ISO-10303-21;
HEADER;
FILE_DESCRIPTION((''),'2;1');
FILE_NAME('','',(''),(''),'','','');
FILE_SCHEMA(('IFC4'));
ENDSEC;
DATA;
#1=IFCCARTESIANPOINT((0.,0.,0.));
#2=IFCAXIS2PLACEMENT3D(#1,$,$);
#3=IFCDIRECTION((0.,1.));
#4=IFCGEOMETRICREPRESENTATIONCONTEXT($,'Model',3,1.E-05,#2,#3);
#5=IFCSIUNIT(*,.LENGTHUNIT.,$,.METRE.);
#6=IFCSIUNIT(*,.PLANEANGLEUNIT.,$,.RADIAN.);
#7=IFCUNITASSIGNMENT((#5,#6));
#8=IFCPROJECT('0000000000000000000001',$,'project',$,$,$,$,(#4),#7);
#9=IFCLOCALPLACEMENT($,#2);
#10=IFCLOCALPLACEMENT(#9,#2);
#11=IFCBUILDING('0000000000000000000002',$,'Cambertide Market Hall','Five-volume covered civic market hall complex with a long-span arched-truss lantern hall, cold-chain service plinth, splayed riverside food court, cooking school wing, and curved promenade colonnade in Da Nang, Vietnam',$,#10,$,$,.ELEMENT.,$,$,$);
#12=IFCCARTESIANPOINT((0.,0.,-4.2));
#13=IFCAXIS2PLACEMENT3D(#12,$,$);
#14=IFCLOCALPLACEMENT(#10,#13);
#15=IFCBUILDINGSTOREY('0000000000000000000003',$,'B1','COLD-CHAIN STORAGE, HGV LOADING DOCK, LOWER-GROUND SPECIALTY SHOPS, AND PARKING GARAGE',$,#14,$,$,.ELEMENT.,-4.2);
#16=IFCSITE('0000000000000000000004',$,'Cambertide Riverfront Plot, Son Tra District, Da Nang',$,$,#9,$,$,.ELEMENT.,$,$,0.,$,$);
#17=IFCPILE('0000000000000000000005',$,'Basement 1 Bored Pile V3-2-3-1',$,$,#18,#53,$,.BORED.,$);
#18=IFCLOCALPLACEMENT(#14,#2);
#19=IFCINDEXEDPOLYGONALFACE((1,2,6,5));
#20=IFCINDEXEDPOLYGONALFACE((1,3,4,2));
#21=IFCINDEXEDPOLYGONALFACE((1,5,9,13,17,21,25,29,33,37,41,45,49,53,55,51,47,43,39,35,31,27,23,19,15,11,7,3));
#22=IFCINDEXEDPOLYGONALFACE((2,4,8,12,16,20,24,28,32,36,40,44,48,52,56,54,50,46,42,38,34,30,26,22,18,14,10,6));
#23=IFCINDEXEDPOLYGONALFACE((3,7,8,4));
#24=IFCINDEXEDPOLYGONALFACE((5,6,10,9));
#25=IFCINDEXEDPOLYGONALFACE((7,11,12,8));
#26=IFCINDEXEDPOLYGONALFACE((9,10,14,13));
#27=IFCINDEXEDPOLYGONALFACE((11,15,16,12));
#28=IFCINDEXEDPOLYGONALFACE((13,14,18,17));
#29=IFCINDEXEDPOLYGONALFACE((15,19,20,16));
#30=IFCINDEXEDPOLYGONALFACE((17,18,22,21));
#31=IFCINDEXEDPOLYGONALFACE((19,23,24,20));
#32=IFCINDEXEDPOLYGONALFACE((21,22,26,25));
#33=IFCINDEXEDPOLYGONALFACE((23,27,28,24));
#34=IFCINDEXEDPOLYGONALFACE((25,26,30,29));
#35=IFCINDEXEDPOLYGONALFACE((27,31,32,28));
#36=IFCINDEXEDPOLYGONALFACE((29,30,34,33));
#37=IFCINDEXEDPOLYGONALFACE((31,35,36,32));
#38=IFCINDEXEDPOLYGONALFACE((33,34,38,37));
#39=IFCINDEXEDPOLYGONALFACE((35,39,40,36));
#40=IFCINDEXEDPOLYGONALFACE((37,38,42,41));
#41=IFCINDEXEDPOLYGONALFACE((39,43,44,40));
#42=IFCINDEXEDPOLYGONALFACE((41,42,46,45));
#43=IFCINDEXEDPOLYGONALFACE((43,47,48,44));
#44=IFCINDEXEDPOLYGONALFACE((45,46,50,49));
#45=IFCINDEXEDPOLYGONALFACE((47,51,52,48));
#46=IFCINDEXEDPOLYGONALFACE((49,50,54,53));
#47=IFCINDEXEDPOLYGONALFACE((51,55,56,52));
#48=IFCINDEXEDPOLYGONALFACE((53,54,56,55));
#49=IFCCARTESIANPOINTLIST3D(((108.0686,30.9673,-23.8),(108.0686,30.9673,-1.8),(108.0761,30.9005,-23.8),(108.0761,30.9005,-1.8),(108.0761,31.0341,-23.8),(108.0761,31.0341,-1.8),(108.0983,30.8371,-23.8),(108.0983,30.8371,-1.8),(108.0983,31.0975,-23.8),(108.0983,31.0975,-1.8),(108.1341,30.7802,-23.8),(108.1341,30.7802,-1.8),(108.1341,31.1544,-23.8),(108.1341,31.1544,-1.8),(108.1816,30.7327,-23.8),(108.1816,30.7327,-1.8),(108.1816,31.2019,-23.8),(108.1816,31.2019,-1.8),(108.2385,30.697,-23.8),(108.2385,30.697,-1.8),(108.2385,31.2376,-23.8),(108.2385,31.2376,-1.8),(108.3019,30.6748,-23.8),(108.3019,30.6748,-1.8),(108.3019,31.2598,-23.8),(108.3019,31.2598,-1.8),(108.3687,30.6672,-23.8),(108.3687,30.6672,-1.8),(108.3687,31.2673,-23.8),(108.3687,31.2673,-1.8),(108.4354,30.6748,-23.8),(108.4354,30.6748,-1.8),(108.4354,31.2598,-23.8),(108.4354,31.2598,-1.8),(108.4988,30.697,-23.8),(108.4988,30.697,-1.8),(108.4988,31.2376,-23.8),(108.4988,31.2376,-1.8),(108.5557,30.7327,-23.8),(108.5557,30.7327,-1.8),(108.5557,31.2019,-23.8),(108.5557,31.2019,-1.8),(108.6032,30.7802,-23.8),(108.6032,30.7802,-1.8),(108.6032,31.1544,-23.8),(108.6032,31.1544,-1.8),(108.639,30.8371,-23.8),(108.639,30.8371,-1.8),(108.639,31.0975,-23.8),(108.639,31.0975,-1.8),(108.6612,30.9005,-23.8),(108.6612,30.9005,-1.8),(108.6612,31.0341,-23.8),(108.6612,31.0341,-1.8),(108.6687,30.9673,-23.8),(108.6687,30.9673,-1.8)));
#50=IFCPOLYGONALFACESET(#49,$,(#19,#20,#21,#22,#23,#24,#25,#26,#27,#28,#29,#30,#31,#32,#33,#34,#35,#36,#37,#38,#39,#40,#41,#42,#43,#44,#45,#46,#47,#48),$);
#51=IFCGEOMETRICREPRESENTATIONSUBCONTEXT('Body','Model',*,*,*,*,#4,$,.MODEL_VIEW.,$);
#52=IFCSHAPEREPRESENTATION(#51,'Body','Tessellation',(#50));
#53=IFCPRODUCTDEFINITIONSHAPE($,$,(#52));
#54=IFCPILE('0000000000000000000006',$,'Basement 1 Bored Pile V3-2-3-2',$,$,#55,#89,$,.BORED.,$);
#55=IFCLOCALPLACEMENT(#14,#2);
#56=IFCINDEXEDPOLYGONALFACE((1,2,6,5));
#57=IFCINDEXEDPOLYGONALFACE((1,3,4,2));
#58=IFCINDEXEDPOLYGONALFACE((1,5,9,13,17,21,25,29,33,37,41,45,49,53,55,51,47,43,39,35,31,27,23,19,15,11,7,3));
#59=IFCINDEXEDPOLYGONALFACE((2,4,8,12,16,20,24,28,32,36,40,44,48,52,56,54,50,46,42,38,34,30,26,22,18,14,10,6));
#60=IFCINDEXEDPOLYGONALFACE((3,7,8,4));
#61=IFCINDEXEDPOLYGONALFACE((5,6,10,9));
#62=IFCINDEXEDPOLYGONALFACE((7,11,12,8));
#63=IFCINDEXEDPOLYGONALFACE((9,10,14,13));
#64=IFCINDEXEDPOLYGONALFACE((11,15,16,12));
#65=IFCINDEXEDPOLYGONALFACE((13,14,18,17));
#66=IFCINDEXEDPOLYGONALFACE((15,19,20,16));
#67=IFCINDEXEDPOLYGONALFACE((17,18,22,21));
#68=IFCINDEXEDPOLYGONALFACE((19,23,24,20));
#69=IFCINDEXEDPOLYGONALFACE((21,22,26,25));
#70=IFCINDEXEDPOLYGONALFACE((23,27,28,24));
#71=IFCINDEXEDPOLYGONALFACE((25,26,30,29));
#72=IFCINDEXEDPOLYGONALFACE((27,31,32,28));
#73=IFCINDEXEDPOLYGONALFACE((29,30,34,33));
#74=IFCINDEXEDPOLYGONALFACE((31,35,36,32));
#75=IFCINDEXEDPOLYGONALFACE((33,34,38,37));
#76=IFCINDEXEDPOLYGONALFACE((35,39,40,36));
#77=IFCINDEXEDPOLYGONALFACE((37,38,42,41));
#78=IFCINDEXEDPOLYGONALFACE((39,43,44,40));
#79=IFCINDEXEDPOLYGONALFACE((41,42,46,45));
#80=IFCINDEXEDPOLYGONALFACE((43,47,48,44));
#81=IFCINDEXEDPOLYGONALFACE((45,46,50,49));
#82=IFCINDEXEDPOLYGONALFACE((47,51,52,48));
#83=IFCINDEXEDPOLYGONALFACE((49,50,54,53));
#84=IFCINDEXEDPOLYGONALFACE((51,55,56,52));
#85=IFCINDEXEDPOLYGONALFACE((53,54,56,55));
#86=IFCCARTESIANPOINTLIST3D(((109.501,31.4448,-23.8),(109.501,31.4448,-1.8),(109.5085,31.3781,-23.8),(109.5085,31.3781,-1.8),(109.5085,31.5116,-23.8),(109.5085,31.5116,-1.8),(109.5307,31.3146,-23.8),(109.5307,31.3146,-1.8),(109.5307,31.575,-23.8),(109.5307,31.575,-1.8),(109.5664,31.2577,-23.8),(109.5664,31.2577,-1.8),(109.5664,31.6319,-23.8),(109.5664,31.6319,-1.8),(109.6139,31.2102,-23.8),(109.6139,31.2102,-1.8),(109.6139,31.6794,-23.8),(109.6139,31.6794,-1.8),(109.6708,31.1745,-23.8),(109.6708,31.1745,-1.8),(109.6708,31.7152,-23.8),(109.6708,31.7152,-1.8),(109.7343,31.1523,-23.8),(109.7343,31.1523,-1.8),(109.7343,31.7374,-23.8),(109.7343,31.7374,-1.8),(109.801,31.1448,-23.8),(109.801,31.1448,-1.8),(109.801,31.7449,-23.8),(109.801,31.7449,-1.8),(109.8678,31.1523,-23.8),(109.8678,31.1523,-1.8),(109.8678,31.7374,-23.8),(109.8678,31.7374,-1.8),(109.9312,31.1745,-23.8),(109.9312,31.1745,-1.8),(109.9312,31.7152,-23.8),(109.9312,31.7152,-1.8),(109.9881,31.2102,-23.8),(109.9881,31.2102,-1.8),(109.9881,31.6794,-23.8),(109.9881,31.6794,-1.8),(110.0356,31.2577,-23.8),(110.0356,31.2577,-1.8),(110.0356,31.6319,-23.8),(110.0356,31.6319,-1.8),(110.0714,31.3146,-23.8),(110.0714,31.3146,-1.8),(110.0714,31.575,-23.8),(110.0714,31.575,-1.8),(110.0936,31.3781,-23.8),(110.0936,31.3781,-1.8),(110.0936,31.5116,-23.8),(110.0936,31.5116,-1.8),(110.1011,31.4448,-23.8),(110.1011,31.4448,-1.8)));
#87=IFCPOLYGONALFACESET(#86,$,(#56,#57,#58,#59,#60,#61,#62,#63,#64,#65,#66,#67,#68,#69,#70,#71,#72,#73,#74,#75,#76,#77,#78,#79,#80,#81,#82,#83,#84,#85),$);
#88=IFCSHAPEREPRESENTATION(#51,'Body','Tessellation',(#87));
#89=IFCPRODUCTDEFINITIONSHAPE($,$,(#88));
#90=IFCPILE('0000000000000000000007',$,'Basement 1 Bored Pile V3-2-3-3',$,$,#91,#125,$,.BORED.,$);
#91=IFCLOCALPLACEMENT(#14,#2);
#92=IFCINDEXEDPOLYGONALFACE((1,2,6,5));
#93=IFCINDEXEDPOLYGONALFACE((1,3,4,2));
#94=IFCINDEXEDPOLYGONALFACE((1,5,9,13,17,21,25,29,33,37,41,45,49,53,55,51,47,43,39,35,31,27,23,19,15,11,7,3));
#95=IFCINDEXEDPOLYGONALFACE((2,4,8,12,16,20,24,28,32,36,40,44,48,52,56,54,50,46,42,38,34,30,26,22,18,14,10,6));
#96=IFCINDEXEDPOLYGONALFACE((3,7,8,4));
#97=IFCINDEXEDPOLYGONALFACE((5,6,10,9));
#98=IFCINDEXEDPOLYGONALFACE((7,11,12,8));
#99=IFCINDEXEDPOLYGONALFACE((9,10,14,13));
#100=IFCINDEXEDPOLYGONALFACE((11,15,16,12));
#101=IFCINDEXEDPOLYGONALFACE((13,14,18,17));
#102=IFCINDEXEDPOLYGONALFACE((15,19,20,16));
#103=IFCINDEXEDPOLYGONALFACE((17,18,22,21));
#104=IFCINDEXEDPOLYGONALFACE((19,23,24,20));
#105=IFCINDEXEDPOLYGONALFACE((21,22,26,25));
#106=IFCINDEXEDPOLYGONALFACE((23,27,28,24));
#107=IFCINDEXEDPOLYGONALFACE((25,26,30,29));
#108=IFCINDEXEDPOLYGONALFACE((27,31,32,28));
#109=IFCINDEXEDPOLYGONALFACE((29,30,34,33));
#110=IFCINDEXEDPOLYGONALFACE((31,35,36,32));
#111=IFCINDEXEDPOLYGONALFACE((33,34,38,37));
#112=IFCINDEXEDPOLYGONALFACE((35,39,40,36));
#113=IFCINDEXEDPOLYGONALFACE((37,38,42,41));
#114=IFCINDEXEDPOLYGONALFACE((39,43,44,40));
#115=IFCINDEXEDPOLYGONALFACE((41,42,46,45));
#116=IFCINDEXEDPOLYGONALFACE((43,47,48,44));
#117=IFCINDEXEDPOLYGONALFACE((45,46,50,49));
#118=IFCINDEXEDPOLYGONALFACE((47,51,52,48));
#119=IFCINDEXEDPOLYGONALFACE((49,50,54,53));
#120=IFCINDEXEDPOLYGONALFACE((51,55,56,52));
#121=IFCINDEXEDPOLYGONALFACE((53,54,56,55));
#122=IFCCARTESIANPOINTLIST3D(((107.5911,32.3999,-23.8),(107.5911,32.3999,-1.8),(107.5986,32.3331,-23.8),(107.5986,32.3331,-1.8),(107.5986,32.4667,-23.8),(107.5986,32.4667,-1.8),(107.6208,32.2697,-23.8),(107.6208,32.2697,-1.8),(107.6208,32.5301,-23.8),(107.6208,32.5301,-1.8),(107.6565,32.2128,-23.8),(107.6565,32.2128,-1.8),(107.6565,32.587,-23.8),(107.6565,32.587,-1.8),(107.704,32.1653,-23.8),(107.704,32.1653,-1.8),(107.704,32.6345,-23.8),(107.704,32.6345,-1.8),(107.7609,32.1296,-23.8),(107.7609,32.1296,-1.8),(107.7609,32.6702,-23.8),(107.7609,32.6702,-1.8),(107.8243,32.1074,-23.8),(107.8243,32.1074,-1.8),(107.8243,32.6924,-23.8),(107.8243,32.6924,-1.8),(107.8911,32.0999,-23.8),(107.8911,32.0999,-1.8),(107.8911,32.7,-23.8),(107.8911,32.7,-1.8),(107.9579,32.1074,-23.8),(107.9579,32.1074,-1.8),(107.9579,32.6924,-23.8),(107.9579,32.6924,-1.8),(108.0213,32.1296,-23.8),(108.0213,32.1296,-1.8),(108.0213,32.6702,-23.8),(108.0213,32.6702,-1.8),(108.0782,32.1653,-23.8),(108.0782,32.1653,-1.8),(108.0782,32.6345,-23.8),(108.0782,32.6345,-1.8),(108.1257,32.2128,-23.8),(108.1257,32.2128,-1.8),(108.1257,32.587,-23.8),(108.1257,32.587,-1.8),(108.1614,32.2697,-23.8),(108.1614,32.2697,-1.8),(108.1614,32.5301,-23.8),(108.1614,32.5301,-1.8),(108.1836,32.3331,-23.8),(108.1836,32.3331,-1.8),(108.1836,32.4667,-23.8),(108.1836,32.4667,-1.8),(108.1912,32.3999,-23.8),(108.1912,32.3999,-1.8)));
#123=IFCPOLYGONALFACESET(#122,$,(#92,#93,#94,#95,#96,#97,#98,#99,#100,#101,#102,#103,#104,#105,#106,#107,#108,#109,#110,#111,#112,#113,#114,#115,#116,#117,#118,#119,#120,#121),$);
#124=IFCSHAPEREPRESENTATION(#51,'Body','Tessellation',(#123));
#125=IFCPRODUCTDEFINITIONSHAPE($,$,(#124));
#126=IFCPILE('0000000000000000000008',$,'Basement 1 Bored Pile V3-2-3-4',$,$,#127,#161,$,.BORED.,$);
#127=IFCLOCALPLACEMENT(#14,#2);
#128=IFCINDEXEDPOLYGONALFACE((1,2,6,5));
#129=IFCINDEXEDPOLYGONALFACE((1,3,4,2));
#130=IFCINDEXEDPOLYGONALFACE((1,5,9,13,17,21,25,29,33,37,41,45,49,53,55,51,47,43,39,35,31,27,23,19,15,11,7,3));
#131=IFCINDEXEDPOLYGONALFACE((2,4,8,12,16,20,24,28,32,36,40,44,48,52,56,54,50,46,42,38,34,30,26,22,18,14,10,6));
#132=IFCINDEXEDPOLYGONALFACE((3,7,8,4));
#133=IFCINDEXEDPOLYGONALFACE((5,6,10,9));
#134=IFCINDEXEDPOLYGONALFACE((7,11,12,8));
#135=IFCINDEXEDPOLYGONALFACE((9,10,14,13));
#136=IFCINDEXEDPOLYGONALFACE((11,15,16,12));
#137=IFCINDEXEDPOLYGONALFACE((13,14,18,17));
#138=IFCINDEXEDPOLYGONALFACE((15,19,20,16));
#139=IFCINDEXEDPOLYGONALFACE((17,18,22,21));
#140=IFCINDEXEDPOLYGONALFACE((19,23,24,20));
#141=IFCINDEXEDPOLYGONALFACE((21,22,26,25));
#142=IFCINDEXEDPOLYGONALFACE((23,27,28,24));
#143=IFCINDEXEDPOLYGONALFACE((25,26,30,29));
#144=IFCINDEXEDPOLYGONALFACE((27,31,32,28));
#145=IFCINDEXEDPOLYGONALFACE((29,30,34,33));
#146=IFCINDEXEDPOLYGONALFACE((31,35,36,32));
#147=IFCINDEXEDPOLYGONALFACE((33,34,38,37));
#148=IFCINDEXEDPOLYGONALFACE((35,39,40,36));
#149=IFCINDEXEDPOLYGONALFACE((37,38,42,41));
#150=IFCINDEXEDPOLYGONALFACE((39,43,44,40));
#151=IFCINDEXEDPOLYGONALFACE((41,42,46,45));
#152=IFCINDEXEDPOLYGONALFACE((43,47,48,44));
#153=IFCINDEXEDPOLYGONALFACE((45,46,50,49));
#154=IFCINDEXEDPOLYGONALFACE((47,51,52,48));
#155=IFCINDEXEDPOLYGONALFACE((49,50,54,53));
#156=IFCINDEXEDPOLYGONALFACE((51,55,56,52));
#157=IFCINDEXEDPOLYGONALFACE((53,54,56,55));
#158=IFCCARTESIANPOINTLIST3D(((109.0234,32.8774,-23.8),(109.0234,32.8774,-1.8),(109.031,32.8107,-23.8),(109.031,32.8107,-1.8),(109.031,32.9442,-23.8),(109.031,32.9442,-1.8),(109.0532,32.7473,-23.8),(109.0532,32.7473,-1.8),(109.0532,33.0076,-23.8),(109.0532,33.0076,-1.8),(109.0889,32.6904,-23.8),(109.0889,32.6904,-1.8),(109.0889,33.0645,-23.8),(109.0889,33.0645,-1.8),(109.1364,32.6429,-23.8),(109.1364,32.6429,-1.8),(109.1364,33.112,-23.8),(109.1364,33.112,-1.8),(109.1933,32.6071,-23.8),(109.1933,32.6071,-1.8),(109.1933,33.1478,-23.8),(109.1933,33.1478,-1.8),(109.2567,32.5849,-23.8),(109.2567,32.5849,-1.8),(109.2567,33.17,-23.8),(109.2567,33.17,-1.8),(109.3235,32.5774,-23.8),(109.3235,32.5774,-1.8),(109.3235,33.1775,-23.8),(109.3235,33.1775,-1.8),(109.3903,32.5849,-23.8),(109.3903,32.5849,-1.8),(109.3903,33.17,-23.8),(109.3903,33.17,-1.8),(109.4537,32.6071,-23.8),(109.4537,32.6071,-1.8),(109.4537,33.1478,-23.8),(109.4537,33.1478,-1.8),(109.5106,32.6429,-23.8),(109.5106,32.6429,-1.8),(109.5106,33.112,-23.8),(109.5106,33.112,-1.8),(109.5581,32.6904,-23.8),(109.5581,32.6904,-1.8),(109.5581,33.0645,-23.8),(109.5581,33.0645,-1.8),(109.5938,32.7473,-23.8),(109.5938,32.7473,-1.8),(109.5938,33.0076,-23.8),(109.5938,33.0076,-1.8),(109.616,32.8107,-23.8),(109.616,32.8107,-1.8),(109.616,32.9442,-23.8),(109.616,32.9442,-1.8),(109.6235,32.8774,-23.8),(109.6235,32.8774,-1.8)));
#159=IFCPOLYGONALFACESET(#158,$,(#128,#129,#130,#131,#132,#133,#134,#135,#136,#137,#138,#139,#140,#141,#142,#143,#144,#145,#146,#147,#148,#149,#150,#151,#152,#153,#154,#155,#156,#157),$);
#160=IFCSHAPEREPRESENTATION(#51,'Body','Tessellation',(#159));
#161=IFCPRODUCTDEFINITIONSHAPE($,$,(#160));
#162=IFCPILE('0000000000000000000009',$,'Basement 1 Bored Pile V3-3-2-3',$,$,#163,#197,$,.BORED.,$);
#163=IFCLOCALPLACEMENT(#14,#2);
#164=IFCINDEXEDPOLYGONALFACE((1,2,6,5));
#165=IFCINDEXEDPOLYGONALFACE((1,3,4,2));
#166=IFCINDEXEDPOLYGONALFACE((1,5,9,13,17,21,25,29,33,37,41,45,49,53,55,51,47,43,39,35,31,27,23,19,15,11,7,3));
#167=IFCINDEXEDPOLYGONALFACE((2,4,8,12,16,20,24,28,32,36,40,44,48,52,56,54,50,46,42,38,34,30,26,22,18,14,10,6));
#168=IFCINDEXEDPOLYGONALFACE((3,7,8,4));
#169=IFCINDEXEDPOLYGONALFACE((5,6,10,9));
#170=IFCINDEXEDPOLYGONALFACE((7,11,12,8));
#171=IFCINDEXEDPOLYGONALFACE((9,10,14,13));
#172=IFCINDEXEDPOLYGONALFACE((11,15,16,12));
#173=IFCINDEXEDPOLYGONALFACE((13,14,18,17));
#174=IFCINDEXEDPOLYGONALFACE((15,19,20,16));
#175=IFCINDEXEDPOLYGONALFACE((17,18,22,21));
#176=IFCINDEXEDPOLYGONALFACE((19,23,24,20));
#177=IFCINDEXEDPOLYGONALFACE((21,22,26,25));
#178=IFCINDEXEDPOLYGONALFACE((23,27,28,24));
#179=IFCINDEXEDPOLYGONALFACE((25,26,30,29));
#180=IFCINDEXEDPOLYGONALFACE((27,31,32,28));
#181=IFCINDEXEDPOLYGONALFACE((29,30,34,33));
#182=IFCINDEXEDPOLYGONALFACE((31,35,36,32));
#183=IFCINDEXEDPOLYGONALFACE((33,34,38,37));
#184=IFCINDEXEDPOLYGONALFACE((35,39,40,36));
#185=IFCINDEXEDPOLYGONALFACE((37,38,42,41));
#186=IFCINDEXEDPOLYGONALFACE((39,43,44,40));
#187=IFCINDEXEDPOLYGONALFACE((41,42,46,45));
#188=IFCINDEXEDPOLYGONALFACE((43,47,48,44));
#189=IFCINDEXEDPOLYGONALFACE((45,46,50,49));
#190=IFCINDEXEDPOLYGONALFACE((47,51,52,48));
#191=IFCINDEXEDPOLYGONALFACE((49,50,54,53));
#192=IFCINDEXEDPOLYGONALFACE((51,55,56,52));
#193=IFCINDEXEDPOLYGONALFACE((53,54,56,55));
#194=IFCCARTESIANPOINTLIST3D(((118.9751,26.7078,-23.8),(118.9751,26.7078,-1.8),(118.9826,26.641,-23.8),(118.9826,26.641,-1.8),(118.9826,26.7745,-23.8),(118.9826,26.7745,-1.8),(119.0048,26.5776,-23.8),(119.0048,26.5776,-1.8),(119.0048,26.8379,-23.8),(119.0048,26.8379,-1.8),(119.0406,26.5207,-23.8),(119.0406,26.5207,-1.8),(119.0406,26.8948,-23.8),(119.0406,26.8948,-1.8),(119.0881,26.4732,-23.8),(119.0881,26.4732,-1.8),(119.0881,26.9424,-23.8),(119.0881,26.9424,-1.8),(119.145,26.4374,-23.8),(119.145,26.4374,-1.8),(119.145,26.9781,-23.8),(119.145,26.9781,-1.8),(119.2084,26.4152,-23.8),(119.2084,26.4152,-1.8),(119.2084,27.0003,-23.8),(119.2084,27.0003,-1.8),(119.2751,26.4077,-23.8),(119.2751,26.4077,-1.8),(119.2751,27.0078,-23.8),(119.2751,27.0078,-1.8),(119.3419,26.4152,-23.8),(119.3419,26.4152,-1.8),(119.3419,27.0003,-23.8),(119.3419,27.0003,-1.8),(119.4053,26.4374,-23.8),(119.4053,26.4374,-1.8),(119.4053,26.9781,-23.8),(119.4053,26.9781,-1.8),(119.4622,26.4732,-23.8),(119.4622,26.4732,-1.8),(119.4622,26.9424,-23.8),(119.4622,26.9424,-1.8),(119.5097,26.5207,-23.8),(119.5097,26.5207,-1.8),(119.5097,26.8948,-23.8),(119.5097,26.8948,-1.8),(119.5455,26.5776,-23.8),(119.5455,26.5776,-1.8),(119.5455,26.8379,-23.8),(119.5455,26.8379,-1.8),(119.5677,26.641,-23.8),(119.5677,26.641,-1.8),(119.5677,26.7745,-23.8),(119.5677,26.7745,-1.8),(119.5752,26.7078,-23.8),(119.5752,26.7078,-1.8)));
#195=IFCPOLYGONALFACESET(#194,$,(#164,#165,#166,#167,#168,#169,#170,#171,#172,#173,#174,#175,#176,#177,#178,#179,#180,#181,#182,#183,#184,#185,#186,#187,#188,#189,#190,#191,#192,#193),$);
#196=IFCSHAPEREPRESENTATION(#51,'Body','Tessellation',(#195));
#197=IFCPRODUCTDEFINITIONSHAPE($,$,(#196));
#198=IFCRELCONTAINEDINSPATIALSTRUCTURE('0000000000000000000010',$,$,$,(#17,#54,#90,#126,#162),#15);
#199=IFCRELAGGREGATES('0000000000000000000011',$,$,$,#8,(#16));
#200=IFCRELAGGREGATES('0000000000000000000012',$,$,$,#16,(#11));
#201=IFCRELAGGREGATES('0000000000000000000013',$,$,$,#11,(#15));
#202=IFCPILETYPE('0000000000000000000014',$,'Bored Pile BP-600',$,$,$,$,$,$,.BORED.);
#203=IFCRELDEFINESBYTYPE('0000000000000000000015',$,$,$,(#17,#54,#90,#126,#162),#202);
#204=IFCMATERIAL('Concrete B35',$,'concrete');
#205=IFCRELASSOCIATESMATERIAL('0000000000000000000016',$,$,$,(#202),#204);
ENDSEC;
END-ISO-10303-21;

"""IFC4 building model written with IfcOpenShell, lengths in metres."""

from ifc_helpers import new_model, si_unit, direction, frame, origin, origin_2d, place, context, subcontext, project, spatial, circle, extrude, material, material_profile, profile_set, type_object, element, save


model = new_model("IFC4")

# Units and contexts
model_context = context("Model", 3, precision=1e-05, world=origin(), true_north=direction((0.0, 1.0)))
body_context = subcontext(model_context, "Body", "Model", "MODEL_VIEW")
ifc_project = project(units=[si_unit("LENGTHUNIT", "METRE"), si_unit("PLANEANGLEUNIT", "RADIAN")], contexts=[model_context])

# Site, building, storey
site_placement = place(None, origin())
site = spatial("IfcSite", under=ifc_project, at=site_placement, Name="Cambertide Riverfront Plot, Son Tra District, Da Nang", CompositionType="ELEMENT", RefElevation=0.0)
building_placement = place(site_placement, origin())
building = spatial("IfcBuilding", under=site, at=building_placement, Name="Cambertide Market Hall", Description="Five-volume covered civic market hall complex with a long-span arched-truss lantern hall, cold-chain service plinth, splayed riverside food court, cooking school wing, and curved promenade colonnade in Da Nang, Vietnam", CompositionType="ELEMENT")
storey_placement = place(building_placement, frame((0.0, 0.0, -4.2)))
storey = spatial("IfcBuildingStorey", under=building, at=storey_placement, Name="B1", Description="COLD-CHAIN STORAGE, HGV LOADING DOCK, LOWER-GROUND SPECIALTY SHOPS, AND PARKING GARAGE", CompositionType="ELEMENT", Elevation=-4.2)

# Piles
ifc_material_1 = material(Name="Concrete B35", Category="concrete")
ifc_material_profile_1 = material_profile(ifc_material_1, circle(Radius=0.3, at=origin_2d()), Name="BP D600")
ifc_profile_set_1 = profile_set([ifc_material_profile_1], Name="Concrete B35")
pile_type = type_object("IfcPileType", Name="Bored Pile BP-600", PredefinedType="BORED", material=ifc_profile_set_1)
for number, where, z_axis, x_axis, name in (
    (1, (108.3687, 30.9673, -1.8), (0.0, 0.0, -1.0), (1.0, 0.0, 0.0), "Basement 1 Bored Pile V3-2-3-1"),
    (2, (109.801, 31.4448, -1.8), (0.0, 0.0, -1.0), (1.0, 0.0, 0.0), "Basement 1 Bored Pile V3-2-3-2"),
    (3, (107.8911, 32.3999, -1.8), (0.0, 0.0, -1.0), (1.0, 0.0, 0.0), "Basement 1 Bored Pile V3-2-3-3"),
    (4, (109.3235, 32.8774, -1.8), (0.0, 0.0, -1.0), (1.0, 0.0, 0.0), "Basement 1 Bored Pile V3-2-3-4"),
    (5, (119.2751, 26.7078, -1.8), (0.0, 0.0, -1.0), (1.0, 0.0, 0.0), "Basement 1 Bored Pile V3-3-2-3"),
):
    element("IfcPile", number, at=place(storey_placement, frame(where, z_axis=z_axis, x_axis=x_axis)), inside=storey, type_object=pile_type, Name=name, PredefinedType="BORED", context=body_context, shape_type="SweptSolid", body=[
        extrude(circle(Radius=0.3, at=origin_2d()), origin(), (0.0, 0.0, 1.0), 22.0),
    ])

save(model, "model.ifc")
